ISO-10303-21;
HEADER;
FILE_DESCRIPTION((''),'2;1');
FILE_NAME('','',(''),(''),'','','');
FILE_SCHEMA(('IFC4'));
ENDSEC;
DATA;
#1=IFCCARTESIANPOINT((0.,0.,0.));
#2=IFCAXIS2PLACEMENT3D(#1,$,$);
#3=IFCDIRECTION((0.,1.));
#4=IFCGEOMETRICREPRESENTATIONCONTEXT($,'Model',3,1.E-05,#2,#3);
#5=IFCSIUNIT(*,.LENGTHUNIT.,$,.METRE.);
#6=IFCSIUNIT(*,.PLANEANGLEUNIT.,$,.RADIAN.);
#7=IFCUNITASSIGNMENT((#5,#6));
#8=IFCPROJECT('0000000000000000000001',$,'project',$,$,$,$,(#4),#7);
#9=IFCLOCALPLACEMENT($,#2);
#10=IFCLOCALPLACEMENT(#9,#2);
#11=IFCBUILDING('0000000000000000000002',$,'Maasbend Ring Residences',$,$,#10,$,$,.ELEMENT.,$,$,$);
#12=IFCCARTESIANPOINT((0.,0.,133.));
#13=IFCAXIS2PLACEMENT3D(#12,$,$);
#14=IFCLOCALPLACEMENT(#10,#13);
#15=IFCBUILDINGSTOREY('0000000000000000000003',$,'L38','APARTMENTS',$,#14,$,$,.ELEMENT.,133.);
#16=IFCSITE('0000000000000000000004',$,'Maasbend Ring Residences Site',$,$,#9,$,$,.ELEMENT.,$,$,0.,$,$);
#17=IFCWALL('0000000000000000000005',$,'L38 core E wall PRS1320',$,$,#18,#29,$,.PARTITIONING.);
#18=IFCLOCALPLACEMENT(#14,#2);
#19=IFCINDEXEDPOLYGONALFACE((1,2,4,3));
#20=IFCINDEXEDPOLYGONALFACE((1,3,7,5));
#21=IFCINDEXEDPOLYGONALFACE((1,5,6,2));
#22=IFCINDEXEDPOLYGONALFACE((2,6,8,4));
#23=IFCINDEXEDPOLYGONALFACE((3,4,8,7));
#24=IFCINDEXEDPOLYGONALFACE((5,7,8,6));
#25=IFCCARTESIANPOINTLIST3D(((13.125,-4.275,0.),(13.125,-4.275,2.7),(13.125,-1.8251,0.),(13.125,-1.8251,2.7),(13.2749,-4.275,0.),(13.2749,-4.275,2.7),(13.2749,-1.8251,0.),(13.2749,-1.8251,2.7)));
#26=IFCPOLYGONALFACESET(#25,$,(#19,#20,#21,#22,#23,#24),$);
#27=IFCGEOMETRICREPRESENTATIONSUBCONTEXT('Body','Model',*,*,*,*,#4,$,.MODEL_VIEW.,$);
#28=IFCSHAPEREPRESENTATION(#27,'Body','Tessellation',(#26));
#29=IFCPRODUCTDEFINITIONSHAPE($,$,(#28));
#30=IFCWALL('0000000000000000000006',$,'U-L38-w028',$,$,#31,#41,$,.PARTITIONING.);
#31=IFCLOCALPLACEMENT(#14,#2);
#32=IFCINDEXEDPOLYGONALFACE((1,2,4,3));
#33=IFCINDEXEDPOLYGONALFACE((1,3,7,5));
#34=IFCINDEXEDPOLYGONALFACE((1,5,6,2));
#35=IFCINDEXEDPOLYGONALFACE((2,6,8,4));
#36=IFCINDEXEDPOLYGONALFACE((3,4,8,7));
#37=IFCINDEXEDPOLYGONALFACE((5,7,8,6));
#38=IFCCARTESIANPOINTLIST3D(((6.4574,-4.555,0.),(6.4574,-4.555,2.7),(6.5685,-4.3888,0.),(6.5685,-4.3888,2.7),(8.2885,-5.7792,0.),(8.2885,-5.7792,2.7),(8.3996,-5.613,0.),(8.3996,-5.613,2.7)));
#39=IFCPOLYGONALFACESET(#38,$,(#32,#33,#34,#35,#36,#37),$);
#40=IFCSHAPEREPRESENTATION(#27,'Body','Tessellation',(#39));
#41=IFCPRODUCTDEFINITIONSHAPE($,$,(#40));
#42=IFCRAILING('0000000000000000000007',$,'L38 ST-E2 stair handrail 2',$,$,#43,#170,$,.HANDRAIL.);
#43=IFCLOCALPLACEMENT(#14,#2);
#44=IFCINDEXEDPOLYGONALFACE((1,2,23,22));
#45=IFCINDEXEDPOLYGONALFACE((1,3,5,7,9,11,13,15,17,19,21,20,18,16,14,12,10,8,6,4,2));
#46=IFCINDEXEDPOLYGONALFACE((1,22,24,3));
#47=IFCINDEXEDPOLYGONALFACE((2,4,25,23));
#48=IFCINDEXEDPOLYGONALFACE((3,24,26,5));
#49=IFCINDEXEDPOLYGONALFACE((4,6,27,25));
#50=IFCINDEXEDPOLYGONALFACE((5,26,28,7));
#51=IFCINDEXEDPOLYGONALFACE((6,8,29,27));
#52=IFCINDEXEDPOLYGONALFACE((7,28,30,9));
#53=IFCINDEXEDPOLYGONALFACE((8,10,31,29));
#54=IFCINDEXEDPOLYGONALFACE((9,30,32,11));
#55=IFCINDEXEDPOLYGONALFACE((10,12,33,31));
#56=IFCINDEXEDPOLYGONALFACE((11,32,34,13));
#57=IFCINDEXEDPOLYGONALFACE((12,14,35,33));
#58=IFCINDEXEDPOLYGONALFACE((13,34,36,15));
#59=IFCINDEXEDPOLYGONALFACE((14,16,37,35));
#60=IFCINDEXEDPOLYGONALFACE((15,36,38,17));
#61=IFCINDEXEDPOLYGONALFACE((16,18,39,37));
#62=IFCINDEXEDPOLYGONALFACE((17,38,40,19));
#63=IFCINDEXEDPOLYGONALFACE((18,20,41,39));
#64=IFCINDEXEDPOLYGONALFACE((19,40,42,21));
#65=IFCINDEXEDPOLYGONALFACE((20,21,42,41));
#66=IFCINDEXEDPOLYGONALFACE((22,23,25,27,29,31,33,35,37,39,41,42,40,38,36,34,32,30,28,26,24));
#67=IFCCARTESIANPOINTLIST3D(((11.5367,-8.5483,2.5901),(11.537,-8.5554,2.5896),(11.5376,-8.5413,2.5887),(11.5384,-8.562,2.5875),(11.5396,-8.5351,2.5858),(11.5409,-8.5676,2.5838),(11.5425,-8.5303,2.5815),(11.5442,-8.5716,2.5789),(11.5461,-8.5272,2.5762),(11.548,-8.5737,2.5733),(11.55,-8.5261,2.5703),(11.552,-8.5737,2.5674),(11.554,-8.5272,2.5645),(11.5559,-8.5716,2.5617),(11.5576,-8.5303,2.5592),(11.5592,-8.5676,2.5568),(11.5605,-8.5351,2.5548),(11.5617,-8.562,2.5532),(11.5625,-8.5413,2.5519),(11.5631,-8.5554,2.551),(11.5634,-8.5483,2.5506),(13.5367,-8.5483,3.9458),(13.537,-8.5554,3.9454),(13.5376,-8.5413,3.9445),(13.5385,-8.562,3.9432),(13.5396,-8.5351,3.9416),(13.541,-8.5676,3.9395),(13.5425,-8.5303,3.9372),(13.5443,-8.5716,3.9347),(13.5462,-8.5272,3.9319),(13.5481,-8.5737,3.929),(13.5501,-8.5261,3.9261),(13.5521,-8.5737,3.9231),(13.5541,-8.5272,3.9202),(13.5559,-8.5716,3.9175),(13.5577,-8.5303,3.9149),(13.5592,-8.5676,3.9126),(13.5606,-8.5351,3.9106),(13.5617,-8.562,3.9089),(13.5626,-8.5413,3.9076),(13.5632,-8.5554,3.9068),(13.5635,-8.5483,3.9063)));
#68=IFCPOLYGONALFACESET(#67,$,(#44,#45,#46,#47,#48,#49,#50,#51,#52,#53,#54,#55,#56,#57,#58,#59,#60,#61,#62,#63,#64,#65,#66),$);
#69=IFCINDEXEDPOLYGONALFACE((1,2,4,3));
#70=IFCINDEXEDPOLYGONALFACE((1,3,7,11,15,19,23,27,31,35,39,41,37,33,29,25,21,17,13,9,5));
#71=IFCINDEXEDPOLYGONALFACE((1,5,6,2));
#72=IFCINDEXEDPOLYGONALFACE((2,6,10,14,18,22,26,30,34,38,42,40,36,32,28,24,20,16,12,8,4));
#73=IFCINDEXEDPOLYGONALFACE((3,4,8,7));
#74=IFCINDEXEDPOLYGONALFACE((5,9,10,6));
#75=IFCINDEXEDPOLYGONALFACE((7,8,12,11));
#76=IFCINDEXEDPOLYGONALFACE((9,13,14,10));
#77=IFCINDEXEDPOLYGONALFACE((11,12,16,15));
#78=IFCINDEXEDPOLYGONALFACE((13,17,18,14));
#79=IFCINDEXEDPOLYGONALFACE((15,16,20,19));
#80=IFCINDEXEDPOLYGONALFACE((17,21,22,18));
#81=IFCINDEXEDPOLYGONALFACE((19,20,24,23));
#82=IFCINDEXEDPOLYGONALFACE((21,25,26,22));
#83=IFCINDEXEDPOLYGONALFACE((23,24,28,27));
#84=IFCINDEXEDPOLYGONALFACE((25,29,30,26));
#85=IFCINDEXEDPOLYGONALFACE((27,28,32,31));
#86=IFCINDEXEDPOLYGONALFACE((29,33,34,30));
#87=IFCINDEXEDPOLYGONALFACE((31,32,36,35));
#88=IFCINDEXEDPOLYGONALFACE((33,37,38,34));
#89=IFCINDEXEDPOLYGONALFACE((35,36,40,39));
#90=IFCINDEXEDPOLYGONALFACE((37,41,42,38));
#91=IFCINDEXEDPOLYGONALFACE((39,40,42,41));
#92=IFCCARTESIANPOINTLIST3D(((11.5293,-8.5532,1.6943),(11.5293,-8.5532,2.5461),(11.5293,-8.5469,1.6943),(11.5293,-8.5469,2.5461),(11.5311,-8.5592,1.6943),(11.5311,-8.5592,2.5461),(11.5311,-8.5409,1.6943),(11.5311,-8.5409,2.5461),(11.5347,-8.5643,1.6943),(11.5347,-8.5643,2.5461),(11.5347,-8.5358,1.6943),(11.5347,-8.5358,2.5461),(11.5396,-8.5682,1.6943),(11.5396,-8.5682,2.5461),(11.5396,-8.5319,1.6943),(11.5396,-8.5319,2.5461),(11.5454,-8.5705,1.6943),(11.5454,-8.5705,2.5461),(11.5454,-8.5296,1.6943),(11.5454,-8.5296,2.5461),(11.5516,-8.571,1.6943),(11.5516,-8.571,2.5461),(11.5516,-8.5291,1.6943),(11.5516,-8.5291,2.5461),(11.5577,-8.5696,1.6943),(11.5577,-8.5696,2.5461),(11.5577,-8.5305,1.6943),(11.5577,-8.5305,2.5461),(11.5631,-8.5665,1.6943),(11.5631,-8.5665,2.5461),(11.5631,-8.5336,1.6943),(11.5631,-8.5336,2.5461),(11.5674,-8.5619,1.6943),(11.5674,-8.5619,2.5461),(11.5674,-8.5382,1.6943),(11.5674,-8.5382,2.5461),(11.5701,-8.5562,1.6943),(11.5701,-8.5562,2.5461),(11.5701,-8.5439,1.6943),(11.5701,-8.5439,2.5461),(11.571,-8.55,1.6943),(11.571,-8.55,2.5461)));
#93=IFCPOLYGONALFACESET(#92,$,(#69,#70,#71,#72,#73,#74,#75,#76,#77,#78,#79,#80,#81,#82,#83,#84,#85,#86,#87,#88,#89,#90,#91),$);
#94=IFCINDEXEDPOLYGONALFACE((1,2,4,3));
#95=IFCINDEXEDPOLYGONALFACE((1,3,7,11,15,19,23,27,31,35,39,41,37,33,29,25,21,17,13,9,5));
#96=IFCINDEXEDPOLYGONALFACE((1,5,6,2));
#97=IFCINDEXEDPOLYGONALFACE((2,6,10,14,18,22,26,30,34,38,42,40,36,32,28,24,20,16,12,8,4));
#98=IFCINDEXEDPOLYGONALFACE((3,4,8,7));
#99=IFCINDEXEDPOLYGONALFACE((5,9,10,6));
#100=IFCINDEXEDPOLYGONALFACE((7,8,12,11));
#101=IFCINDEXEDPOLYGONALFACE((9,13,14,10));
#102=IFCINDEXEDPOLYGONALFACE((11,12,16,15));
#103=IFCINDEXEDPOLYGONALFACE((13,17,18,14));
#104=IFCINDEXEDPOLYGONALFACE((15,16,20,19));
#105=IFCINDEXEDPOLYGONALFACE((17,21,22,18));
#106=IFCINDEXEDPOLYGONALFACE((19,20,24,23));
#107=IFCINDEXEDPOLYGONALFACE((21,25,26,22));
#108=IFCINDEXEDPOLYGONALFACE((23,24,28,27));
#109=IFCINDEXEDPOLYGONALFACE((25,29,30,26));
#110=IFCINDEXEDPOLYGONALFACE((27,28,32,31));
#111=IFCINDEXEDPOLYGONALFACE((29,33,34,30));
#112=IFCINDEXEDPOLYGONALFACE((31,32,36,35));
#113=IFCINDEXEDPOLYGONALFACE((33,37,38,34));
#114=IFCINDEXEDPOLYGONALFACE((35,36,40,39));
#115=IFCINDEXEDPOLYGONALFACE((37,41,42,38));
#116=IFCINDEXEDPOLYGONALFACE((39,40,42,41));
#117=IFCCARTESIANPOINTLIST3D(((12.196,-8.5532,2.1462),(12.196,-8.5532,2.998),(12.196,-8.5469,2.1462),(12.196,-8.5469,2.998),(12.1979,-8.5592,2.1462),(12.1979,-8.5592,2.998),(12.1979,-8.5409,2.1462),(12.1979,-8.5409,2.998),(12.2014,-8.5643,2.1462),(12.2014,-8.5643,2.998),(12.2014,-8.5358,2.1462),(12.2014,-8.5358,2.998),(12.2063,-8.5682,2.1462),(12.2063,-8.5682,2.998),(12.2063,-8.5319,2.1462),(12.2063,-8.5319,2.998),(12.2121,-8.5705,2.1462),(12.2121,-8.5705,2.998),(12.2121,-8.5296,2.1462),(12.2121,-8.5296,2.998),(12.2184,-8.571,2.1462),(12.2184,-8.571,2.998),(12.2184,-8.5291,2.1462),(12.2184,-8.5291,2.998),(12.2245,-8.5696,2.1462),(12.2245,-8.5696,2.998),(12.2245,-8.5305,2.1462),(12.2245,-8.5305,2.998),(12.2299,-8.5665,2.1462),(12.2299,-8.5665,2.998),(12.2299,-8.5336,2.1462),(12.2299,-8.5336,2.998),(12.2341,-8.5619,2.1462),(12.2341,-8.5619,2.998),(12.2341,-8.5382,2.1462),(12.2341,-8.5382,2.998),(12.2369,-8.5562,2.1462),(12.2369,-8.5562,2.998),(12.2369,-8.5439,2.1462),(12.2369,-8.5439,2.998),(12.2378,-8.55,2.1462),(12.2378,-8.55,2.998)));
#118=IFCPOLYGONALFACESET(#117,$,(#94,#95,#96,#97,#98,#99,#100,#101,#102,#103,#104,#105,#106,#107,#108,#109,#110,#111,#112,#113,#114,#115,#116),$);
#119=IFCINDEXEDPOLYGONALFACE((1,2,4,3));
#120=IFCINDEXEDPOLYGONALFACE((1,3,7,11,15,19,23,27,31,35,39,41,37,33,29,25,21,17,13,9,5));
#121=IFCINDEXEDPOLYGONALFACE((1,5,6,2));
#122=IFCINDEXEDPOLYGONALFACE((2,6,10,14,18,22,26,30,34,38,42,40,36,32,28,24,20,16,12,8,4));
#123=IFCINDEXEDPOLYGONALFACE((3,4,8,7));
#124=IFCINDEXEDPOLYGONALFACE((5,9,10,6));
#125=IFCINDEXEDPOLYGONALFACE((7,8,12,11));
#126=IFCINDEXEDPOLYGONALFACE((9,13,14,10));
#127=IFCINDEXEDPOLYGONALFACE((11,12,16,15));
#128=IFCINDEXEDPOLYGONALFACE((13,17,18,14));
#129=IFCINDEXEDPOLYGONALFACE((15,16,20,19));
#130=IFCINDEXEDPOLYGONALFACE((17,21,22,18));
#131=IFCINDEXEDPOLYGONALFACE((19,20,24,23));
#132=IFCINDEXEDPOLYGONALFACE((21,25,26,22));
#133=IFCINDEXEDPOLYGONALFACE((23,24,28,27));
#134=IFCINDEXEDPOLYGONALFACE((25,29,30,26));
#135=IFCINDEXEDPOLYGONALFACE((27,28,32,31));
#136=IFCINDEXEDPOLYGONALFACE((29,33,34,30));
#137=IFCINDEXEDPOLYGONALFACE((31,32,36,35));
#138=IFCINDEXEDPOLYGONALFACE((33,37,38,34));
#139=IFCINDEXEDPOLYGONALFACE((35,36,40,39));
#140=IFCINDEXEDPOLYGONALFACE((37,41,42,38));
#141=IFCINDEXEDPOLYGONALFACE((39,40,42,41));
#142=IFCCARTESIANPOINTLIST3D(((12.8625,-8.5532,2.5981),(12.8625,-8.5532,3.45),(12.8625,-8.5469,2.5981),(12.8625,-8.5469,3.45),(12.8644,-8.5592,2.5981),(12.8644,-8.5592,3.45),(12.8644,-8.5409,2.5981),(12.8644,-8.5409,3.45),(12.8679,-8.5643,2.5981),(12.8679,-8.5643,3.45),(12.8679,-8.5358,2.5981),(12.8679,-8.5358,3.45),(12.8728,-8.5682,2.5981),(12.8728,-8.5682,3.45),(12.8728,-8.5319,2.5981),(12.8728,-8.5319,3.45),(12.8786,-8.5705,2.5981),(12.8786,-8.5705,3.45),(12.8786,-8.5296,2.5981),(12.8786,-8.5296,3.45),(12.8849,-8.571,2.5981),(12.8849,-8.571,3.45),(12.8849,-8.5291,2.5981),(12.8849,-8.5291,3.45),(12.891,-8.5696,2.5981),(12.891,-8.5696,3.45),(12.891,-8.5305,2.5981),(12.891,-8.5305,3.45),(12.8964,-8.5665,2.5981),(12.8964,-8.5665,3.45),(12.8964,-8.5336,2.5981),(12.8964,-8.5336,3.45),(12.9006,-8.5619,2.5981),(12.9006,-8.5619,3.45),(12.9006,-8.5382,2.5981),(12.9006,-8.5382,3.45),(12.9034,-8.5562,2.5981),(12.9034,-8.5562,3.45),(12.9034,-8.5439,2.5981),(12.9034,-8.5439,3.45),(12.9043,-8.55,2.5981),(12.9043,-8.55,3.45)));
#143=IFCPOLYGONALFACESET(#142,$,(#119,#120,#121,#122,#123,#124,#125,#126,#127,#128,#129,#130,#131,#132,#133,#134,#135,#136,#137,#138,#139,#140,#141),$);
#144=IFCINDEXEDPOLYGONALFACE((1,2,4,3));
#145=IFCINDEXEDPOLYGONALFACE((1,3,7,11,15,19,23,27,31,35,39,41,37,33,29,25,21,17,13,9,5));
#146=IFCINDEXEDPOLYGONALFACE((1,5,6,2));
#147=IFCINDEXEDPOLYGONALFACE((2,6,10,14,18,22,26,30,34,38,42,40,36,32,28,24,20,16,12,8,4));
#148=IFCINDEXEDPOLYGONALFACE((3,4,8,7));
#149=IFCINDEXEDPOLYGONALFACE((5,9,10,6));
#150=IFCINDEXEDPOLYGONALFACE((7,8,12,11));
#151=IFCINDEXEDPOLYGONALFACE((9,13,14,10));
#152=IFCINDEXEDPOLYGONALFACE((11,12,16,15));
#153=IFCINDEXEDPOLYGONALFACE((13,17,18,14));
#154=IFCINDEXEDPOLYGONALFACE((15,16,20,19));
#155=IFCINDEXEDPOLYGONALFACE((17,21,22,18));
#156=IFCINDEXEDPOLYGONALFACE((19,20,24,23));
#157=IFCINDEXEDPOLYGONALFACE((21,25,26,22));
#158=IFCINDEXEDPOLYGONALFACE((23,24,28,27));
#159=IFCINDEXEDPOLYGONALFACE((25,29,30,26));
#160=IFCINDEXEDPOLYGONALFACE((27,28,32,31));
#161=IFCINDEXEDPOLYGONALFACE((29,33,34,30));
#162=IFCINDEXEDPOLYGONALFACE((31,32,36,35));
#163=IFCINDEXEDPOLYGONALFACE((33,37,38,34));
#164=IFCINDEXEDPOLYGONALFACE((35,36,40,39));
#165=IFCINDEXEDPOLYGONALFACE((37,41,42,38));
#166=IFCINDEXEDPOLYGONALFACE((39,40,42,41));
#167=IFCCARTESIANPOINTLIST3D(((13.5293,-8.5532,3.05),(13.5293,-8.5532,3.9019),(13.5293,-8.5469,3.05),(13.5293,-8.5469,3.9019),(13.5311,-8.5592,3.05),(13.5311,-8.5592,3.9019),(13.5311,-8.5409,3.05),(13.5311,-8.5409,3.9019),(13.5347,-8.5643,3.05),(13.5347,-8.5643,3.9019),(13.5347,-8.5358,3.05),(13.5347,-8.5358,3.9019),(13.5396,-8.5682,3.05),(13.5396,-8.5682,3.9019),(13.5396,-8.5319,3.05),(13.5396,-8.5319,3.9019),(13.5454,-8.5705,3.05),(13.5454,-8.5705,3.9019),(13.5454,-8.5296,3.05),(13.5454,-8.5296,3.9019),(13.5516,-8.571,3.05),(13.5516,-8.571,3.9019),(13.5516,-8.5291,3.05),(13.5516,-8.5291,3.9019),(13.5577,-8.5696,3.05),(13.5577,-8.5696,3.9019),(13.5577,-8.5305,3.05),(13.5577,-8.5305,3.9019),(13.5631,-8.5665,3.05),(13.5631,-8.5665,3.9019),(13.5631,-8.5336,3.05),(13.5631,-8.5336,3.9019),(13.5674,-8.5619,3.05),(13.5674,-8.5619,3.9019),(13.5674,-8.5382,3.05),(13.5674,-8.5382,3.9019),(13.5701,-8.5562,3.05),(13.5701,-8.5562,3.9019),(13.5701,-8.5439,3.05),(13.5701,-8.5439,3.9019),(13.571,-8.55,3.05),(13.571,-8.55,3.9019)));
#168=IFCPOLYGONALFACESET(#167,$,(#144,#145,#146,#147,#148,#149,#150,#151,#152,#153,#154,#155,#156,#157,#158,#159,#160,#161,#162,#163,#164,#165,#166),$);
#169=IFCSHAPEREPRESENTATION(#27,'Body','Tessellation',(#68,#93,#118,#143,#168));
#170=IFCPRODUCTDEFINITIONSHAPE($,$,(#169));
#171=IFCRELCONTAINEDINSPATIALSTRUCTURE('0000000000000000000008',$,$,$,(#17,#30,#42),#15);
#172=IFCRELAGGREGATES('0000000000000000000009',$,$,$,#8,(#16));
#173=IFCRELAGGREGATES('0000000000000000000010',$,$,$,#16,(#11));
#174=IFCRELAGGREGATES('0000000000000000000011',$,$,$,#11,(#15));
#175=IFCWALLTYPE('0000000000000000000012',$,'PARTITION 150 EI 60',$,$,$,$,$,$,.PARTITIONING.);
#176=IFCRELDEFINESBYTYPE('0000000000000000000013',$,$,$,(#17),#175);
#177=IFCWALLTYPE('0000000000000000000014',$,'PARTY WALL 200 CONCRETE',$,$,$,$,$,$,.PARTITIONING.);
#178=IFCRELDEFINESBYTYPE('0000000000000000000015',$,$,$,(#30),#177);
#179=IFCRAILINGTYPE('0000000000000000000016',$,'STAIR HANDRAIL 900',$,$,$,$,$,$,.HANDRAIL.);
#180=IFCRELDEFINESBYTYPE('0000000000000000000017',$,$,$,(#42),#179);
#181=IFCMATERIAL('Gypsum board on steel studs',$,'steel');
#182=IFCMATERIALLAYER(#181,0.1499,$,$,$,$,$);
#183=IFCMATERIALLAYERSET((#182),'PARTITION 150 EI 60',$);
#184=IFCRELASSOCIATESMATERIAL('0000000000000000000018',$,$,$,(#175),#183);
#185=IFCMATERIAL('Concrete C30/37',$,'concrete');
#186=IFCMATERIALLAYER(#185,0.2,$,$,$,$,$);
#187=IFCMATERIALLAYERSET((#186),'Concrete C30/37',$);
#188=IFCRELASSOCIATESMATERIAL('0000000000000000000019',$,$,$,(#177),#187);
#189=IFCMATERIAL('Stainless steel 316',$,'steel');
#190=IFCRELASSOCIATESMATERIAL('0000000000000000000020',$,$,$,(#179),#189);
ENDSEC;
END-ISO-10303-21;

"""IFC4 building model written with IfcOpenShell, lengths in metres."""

from ifc_helpers import new_model, si_unit, direction, frame, frame_2d, origin, origin_2d, place, context, subcontext, project, spatial, rectangle, circle, extrude, material, layer, layer_set, type_object, element, save


model = new_model("IFC4")

# Units and contexts
model_context = context("Model", 3, precision=1e-05, world=origin(), true_north=direction((0.0, 1.0)))
body_context = subcontext(model_context, "Body", "Model", "MODEL_VIEW")
ifc_project = project(units=[si_unit("LENGTHUNIT", "METRE"), si_unit("PLANEANGLEUNIT", "RADIAN")], contexts=[model_context])

# Site, building, storey
site_placement = place(None, origin())
site = spatial("IfcSite", under=ifc_project, at=site_placement, Name="Maasbend Ring Residences Site", CompositionType="ELEMENT", RefElevation=0.0)
building_placement = place(site_placement, origin())
building = spatial("IfcBuilding", under=site, at=building_placement, Name="Maasbend Ring Residences", CompositionType="ELEMENT")
storey_placement = place(building_placement, frame((0.0, 0.0, 133.0)))
storey = spatial("IfcBuildingStorey", under=building, at=storey_placement, Name="L38", Description="APARTMENTS", CompositionType="ELEMENT", Elevation=133.0)

# Walls
ifc_material_1 = material(Name="Gypsum board on steel studs", Category="steel")
ifc_layer_1 = layer(ifc_material_1, 0.1499)
ifc_layer_set_1 = layer_set([ifc_layer_1], Name="PARTITION 150 EI 60")
wall_type_1 = type_object("IfcWallType", Name="PARTITION 150 EI 60", PredefinedType="PARTITIONING", material=ifc_layer_set_1)
wall_1_placement = place(storey_placement, frame((13.2, -1.825, 0.0), z_axis=(0.0, 0.0, 1.0), x_axis=(0.0, -1.0, 0.0)))
element("IfcWall", 1, at=wall_1_placement, inside=storey, type_object=wall_type_1, Name="L38 core E wall PRS1320", PredefinedType="PARTITIONING", context=body_context, shape_type="SweptSolid", body=[
    extrude(rectangle(XDim=2.45, YDim=0.1499, at=frame_2d((1.2251, 0.0))), origin(), (0.0, 0.0, 1.0), 2.7),
])
ifc_material_2 = material(Name="Concrete C30/37", Category="concrete")
ifc_layer_2 = layer(ifc_material_2, 0.2)
ifc_layer_set_2 = layer_set([ifc_layer_2], Name="Concrete C30/37")
wall_type_2 = type_object("IfcWallType", Name="PARTY WALL 200 CONCRETE", PredefinedType="PARTITIONING", material=ifc_layer_set_2)
wall_2_placement = place(storey_placement, frame((6.5129, -4.4719, 0.0), z_axis=(0.0, 0.0, 1.0), x_axis=(0.831333, -0.555774, 0.0)))
element("IfcWall", 2, at=wall_2_placement, inside=storey, type_object=wall_type_2, Name="U-L38-w028", PredefinedType="PARTITIONING", context=body_context, shape_type="SweptSolid", body=[
    extrude(rectangle(XDim=2.2026, YDim=0.2, at=frame_2d((1.1013, 0.0))), origin(), (0.0, 0.0, 1.0), 2.7),
])

# Railing
ifc_material_3 = material(Name="Stainless steel 316", Category="steel")
railing_type = type_object("IfcRailingType", Name="STAIR HANDRAIL 900", PredefinedType="HANDRAIL", material=ifc_material_3)
railing_placement = place(storey_placement, frame((11.55, -8.55, 1.6943)))
element("IfcRailing", 3, at=railing_placement, inside=storey, type_object=railing_type, Name="L38 ST-E2 stair handrail 2", PredefinedType="HANDRAIL", context=body_context, shape_type="SweptSolid", body=[
    extrude(circle(Radius=0.0239, at=origin_2d()), frame((0.0, 0.0, 0.876), z_axis=(0.827751, 0.0, 0.561096), x_axis=(0.0, 1.0, 0.0)), (0.0, 0.0, 1.0), 2.4163),
    extrude(circle(Radius=0.021, at=origin_2d()), origin(), (0.0, 0.0, 1.0), 0.8518),
    extrude(circle(Radius=0.021, at=origin_2d()), frame((0.6667, 0.0, 0.4519)), (0.0, 0.0, 1.0), 0.8518),
    extrude(circle(Radius=0.021, at=origin_2d()), frame((1.3333, 0.0, 0.9038)), (0.0, 0.0, 1.0), 0.8518),
    extrude(circle(Radius=0.021, at=origin_2d()), frame((2.0, 0.0, 1.3557)), (0.0, 0.0, 1.0), 0.8518),
])

save(model, "model.ifc")
